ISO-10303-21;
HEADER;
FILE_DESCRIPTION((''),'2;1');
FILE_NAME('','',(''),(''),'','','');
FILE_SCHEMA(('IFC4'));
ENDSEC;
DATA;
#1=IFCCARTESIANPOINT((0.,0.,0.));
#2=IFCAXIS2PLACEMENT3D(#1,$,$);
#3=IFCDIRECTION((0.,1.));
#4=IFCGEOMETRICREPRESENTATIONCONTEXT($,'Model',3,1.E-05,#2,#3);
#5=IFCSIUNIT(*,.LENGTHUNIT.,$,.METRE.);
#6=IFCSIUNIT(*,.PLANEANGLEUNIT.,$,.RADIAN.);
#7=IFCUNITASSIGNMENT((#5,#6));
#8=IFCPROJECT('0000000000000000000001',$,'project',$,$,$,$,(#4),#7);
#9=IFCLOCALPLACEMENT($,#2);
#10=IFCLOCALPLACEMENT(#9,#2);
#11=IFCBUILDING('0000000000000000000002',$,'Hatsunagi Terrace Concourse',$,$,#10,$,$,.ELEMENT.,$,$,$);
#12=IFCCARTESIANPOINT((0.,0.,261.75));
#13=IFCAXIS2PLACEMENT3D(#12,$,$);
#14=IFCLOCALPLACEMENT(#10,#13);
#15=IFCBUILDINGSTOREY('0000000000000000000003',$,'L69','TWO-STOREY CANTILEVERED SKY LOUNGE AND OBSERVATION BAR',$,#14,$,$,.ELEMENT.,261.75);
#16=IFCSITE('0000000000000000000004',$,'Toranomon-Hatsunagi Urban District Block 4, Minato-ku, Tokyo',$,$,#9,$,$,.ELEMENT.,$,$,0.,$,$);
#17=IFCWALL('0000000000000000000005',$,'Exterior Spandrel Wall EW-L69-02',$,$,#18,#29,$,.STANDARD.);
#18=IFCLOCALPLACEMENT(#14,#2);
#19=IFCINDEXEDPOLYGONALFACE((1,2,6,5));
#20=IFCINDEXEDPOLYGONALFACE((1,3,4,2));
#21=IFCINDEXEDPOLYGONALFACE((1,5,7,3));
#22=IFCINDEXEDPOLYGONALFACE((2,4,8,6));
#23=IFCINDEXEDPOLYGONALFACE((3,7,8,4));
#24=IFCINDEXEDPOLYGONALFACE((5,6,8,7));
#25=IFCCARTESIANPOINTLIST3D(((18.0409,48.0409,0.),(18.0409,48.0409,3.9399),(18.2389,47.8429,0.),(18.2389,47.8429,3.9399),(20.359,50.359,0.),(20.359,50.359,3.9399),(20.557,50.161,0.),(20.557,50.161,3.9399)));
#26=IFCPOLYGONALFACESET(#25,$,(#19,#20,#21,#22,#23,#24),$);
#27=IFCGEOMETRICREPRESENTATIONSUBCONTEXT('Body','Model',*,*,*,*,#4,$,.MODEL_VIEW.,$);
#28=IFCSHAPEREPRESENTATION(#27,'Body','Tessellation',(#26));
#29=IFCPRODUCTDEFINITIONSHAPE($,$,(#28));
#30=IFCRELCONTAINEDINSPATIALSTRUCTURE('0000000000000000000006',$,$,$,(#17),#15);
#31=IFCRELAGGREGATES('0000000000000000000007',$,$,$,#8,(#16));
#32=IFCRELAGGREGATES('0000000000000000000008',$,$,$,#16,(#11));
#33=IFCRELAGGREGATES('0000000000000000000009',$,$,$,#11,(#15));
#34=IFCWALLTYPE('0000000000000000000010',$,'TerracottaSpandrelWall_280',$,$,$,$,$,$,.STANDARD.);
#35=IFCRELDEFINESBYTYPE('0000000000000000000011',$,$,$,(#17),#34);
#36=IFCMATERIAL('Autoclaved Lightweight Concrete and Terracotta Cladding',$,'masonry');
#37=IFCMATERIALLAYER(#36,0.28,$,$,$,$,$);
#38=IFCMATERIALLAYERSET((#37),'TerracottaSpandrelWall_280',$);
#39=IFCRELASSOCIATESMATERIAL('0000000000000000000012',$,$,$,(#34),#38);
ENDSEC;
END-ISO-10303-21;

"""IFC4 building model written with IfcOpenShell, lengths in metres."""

from ifc_helpers import new_model, si_unit, direction, frame, frame_2d, origin, place, context, subcontext, project, spatial, rectangle, extrude, material, layer, layer_set, type_object, element, save


model = new_model("IFC4")

# Units and contexts
model_context = context("Model", 3, precision=1e-05, world=origin(), true_north=direction((0.0, 1.0)))
body_context = subcontext(model_context, "Body", "Model", "MODEL_VIEW")
ifc_project = project(units=[si_unit("LENGTHUNIT", "METRE"), si_unit("PLANEANGLEUNIT", "RADIAN")], contexts=[model_context])

# Site, building, storey
site_placement = place(None, origin())
site = spatial("IfcSite", under=ifc_project, at=site_placement, Name="Toranomon-Hatsunagi Urban District Block 4, Minato-ku, Tokyo", CompositionType="ELEMENT", RefElevation=0.0)
building_placement = place(site_placement, origin())
building = spatial("IfcBuilding", under=site, at=building_placement, Name="Hatsunagi Terrace Concourse", CompositionType="ELEMENT")
storey_placement = place(building_placement, frame((0.0, 0.0, 261.75)))
storey = spatial("IfcBuildingStorey", under=building, at=storey_placement, Name="L69", Description="TWO-STOREY CANTILEVERED SKY LOUNGE AND OBSERVATION BAR", CompositionType="ELEMENT", Elevation=261.75)

# Wall
ifc_material_1 = material(Name="Autoclaved Lightweight Concrete and Terracotta Cladding", Category="masonry")
ifc_layer_1 = layer(ifc_material_1, 0.28)
ifc_layer_set_1 = layer_set([ifc_layer_1], Name="TerracottaSpandrelWall_280")
wall_type_1 = type_object("IfcWallType", Name="TerracottaSpandrelWall_280", PredefinedType="STANDARD", material=ifc_layer_set_1)
wall_1_placement = place(storey_placement, frame((18.1399, 47.9419, 0.0), z_axis=(0.0, 0.0, 1.0), x_axis=(0.707107, 0.707107, 0.0)))
element("IfcWall", 1, at=wall_1_placement, inside=storey, type_object=wall_type_1, Name="Exterior Spandrel Wall EW-L69-02", PredefinedType="STANDARD", context=body_context, shape_type="SweptSolid", body=[
    extrude(rectangle(XDim=3.2783, YDim=0.28, at=frame_2d((1.6392, 0.0))), origin(), (0.0, 0.0, 1.0), 3.9399),
])

save(model, "model.ifc")
